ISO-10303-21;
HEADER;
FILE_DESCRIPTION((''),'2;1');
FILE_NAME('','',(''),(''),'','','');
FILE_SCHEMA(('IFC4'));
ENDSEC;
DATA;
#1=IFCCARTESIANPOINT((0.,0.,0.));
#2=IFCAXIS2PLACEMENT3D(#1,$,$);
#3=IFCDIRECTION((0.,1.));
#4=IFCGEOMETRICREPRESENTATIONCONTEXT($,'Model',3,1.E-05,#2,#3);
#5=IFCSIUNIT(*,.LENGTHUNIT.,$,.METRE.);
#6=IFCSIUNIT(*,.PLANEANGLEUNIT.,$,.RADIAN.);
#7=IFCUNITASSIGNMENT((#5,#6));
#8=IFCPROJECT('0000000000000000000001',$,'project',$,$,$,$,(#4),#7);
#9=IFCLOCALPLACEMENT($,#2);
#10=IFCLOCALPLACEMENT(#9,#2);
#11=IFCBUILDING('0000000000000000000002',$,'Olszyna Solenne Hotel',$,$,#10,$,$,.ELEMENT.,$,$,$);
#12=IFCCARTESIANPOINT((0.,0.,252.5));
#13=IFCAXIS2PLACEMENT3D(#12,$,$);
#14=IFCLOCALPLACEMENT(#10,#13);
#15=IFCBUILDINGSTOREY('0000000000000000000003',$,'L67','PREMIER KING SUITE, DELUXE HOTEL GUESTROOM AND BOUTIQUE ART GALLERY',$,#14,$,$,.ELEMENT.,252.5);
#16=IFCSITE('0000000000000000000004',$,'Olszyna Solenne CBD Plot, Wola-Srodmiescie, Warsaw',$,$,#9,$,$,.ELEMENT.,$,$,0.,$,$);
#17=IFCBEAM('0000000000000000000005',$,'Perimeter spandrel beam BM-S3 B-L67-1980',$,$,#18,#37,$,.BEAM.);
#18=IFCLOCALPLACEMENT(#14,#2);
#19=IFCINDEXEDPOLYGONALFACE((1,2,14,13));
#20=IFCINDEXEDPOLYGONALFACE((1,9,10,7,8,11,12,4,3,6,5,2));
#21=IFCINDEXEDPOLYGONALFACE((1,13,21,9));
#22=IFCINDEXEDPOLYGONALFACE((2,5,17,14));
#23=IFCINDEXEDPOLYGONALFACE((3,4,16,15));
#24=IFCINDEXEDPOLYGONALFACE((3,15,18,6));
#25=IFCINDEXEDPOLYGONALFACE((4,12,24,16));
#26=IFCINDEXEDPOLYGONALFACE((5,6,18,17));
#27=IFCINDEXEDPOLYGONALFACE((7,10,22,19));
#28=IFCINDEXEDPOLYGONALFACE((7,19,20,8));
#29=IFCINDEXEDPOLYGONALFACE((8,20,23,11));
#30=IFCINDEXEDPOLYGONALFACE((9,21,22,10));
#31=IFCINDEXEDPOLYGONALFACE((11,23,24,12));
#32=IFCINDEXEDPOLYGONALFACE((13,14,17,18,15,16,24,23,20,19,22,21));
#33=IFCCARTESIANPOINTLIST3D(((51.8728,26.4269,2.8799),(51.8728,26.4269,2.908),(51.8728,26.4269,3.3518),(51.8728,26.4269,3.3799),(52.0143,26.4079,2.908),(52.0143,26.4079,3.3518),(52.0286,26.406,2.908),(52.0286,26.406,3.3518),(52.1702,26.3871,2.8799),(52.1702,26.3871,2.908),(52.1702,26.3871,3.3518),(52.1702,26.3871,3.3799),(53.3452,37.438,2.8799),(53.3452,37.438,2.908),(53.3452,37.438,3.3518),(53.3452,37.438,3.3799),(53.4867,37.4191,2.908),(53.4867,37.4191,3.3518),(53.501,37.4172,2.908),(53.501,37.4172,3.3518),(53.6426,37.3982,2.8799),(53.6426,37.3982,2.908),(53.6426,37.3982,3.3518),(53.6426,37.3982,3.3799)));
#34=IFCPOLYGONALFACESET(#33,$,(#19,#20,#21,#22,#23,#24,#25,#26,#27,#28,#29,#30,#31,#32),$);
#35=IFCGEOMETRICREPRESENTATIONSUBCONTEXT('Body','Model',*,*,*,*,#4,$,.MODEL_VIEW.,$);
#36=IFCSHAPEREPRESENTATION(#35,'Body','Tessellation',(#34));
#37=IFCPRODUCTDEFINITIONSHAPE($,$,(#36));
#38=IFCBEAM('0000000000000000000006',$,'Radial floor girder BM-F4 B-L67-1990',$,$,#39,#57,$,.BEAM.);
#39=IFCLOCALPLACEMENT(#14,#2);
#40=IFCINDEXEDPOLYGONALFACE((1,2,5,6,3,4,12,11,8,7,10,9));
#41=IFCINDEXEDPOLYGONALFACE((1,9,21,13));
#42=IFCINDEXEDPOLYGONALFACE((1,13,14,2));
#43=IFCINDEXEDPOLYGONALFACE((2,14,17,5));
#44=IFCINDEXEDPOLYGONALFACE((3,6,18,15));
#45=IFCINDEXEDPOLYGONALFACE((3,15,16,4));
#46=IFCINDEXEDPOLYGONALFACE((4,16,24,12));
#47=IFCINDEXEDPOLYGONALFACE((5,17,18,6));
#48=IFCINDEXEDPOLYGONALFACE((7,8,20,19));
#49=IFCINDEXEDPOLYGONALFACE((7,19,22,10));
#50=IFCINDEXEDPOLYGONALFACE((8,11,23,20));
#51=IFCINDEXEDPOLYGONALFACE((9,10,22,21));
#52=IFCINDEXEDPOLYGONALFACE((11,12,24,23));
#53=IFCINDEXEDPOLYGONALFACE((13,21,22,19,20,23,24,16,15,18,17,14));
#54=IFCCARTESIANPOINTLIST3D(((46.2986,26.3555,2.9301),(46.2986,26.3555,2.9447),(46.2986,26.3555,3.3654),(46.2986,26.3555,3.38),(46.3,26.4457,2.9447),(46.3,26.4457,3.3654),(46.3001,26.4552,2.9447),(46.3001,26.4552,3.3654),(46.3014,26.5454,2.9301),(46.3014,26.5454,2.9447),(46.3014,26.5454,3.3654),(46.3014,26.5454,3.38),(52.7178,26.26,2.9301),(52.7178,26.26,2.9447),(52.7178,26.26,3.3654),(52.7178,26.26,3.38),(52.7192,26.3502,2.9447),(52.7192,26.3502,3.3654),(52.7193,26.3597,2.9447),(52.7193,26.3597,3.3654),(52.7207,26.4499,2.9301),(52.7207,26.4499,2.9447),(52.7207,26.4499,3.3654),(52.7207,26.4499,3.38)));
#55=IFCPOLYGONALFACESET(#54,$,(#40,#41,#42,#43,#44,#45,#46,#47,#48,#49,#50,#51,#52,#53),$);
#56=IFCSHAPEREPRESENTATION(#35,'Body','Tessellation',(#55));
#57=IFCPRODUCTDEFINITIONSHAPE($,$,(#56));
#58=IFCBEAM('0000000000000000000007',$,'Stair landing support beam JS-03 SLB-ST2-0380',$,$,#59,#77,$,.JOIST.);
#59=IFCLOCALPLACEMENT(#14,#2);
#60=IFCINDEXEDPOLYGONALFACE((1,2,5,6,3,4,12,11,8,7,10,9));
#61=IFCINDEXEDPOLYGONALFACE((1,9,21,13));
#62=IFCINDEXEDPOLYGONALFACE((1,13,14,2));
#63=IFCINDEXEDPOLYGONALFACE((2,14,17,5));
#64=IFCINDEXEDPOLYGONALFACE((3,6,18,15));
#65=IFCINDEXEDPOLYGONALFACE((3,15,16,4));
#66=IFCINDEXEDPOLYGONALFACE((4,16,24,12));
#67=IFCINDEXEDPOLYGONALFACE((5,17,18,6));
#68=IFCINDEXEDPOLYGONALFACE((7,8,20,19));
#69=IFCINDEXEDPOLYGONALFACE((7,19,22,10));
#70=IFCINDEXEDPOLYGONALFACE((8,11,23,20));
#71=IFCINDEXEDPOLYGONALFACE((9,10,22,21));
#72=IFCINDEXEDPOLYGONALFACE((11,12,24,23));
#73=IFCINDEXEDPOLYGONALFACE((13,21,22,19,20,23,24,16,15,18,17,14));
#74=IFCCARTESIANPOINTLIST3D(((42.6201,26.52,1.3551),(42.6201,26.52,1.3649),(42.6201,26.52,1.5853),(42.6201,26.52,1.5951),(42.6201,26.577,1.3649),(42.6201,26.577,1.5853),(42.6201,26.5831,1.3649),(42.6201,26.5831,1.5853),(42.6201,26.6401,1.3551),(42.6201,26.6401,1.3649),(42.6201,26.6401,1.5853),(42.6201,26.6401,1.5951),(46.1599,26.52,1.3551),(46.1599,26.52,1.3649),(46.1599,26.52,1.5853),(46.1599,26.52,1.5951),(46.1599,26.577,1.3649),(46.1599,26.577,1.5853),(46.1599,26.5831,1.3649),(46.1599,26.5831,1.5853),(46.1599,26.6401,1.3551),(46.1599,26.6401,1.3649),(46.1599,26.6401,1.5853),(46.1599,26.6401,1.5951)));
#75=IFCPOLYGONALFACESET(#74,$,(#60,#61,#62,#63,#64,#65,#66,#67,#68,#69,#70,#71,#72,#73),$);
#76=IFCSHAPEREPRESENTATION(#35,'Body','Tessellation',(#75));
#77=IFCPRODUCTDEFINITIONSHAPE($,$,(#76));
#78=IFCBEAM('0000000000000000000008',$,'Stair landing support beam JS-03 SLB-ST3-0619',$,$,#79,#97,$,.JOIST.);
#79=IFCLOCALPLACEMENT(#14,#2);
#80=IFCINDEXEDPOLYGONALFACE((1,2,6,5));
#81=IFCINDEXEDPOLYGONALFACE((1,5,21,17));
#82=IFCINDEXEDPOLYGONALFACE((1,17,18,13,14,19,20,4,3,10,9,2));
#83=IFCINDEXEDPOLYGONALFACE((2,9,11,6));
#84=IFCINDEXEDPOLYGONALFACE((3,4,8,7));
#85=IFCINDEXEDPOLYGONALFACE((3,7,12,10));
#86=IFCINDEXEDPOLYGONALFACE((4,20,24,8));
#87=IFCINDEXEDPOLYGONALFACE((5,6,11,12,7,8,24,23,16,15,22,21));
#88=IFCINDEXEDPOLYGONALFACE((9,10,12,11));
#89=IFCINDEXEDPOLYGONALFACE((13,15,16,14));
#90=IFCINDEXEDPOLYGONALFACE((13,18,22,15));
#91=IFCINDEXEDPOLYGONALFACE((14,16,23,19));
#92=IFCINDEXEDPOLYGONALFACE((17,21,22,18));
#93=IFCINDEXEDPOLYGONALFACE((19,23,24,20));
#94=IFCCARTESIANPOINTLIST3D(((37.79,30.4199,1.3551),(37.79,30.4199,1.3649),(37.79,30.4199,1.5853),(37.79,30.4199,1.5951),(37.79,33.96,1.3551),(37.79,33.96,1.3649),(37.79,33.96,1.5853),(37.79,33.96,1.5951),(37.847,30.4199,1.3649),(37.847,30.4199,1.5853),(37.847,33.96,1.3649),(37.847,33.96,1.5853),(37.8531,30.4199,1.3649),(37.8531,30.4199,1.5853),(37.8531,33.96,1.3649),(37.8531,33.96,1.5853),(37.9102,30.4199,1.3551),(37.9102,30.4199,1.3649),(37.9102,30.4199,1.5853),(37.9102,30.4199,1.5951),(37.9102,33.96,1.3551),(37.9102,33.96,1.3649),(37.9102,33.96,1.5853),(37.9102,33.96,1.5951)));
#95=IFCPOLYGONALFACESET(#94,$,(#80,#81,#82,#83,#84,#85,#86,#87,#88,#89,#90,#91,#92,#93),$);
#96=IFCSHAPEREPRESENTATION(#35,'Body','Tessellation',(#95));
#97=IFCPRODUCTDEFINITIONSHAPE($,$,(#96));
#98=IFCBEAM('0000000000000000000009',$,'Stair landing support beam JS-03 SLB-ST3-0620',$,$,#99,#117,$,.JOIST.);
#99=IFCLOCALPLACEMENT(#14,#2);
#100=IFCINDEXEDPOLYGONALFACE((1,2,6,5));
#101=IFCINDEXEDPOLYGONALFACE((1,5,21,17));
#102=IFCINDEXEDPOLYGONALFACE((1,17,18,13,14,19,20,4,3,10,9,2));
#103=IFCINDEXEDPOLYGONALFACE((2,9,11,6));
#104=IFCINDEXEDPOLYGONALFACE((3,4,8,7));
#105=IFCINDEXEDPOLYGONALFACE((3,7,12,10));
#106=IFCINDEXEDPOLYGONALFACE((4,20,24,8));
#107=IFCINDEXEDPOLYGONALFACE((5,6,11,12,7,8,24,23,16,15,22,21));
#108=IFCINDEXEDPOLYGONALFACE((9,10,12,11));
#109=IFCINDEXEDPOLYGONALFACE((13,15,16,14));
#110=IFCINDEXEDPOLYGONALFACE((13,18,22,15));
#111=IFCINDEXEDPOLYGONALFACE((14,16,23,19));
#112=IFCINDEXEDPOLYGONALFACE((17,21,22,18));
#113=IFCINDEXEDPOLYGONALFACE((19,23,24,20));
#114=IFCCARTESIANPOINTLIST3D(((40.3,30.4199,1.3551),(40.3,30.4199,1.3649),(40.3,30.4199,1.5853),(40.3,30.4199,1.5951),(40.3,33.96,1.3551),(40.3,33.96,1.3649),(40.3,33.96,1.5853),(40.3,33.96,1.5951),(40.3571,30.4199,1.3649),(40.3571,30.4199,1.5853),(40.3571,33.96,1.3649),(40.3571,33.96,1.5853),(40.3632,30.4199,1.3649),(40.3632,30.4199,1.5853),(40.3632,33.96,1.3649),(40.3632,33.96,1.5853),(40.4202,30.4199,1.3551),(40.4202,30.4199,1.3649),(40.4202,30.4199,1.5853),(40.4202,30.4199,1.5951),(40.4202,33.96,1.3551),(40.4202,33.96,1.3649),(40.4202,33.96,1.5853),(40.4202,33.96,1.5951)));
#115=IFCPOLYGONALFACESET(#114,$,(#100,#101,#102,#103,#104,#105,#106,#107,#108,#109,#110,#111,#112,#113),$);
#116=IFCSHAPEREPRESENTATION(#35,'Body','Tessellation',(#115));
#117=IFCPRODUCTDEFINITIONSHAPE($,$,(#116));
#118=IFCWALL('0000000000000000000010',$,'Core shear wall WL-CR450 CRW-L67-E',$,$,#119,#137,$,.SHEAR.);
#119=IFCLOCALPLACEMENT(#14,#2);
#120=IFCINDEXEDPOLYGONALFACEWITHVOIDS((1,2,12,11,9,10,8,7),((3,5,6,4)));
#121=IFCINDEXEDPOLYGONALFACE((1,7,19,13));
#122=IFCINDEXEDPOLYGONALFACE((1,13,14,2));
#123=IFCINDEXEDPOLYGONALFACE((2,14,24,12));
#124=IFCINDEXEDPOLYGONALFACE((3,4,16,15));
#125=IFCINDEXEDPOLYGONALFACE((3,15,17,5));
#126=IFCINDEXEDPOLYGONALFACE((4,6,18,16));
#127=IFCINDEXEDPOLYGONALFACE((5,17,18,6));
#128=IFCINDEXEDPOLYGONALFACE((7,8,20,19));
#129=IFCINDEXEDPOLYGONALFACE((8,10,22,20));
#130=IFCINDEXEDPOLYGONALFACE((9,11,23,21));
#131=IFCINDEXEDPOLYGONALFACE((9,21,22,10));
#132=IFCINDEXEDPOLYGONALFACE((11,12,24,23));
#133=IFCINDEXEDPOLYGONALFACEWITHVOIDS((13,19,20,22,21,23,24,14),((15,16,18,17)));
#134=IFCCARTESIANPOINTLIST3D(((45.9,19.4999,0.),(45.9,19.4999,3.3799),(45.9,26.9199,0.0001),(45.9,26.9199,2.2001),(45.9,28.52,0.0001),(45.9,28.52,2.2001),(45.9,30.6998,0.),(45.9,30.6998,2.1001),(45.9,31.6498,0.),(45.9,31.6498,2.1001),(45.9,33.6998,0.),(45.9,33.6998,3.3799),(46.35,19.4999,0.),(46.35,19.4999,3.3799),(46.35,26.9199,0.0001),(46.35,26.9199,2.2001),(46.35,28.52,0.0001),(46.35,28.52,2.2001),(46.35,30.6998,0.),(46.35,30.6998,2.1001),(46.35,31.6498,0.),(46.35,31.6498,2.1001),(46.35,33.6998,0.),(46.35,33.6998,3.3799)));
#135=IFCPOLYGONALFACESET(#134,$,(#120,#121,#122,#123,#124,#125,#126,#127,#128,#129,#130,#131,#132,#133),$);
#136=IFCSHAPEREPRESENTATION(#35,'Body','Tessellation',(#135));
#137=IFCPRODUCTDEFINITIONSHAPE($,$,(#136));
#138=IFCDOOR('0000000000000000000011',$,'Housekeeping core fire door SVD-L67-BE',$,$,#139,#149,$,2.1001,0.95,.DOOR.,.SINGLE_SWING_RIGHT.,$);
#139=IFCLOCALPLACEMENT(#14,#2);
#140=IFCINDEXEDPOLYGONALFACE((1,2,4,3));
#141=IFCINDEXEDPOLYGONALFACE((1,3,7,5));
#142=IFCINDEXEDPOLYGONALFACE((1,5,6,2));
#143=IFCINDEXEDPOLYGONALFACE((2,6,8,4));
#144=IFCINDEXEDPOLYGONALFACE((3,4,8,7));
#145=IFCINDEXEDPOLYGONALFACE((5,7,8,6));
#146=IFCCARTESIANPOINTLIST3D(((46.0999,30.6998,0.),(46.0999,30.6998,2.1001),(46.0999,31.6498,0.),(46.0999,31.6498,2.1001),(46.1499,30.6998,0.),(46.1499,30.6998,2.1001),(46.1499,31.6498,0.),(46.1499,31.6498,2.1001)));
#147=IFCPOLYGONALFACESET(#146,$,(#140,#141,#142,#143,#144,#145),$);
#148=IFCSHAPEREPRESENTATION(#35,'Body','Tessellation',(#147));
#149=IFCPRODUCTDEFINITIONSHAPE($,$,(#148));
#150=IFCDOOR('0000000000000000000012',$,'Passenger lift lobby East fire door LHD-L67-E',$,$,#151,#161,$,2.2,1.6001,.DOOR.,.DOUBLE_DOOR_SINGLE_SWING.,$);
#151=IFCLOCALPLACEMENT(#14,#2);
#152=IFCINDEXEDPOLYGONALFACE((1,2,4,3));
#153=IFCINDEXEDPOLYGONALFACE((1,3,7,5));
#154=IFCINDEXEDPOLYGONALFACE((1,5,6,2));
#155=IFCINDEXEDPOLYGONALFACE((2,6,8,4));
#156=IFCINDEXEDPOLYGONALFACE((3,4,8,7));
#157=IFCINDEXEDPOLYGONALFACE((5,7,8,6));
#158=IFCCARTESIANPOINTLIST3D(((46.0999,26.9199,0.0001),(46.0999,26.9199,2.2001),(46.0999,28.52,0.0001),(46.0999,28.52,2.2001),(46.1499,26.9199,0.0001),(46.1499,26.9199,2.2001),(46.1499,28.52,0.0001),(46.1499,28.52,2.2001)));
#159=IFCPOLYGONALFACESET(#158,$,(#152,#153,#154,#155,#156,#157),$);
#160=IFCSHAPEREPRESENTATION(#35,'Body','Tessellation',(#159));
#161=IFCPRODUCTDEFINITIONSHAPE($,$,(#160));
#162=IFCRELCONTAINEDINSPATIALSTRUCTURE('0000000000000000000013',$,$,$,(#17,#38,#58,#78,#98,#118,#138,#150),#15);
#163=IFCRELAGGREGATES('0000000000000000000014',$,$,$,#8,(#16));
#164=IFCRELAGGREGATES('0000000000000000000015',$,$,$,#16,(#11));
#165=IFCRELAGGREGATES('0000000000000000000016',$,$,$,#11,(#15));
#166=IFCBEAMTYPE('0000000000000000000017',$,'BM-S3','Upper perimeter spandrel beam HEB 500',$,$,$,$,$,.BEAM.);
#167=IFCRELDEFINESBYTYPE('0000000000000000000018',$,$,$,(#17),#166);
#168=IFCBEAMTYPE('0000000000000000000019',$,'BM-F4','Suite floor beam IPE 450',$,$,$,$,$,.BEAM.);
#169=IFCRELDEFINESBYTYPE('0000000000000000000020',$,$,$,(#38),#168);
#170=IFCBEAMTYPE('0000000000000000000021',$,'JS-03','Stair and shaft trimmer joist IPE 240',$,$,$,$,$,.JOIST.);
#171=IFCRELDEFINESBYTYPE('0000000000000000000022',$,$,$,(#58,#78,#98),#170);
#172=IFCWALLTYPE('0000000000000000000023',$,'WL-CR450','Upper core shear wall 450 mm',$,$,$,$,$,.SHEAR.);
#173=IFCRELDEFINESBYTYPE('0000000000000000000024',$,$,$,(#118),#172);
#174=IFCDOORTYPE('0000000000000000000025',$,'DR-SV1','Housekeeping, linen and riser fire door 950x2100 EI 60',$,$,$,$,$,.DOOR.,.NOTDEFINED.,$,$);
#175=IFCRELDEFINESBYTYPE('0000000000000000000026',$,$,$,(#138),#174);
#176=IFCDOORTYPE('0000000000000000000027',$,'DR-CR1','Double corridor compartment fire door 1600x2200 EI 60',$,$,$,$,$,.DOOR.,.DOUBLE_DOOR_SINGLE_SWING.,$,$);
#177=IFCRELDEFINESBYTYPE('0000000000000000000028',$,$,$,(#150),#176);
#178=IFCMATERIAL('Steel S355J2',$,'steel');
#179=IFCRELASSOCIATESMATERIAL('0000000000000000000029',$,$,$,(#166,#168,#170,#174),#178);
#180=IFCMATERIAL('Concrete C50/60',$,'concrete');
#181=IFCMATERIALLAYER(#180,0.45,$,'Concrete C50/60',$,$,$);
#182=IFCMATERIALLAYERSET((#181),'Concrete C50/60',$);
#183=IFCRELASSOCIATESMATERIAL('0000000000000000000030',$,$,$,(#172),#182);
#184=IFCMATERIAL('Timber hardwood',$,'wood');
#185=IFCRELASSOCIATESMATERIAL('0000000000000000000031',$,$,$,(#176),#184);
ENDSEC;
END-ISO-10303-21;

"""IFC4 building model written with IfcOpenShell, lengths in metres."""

from ifc_helpers import new_model, si_unit, direction, frame, frame_2d, origin, origin_2d, place, context, subcontext, project, spatial, rectangle, i_section, extrude, source, transform, mapped, material, layer, layer_set, material_profile, profile_set, type_object, type_shapes, element, fill, save


model = new_model("IFC4")

# Units and contexts
model_context = context("Model", 3, precision=1e-05, world=origin(), true_north=direction((0.0, 1.0)))
body_context = subcontext(model_context, "Body", "Model", "MODEL_VIEW")
ifc_project = project(units=[si_unit("LENGTHUNIT", "METRE"), si_unit("PLANEANGLEUNIT", "RADIAN")], contexts=[model_context])

# Site, building, storey
site_placement = place(None, origin())
site = spatial("IfcSite", under=ifc_project, at=site_placement, Name="Olszyna Solenne CBD Plot, Wola-Srodmiescie, Warsaw", CompositionType="ELEMENT", RefElevation=0.0)
building_placement = place(site_placement, origin())
building = spatial("IfcBuilding", under=site, at=building_placement, Name="Olszyna Solenne Hotel", CompositionType="ELEMENT")
storey_placement = place(building_placement, frame((0.0, 0.0, 252.5)))
storey = spatial("IfcBuildingStorey", under=building, at=storey_placement, Name="L67", Description="PREMIER KING SUITE, DELUXE HOTEL GUESTROOM AND BOUTIQUE ART GALLERY", CompositionType="ELEMENT", Elevation=252.5)

# Beams
ifc_material_1 = material(Name="Steel S355J2", Category="steel")
ifc_material_profile_1 = material_profile(ifc_material_1, i_section(OverallWidth=0.3, OverallDepth=0.5, WebThickness=0.0144, FlangeThickness=0.0281, at=origin_2d()), Name="HEB 500", Category="load-bearing")
ifc_profile_set_1 = profile_set([ifc_material_profile_1], Name="Steel S355J2")
beam_type_1 = type_object("IfcBeamType", Name="BM-S3", Description="Upper perimeter spandrel beam HEB 500", PredefinedType="BEAM", material=ifc_profile_set_1)
shared_shape_1 = source(origin(), body_context, "Body", "SweptSolid", [
    extrude(i_section(OverallWidth=0.3, OverallDepth=0.5, WebThickness=0.0144, FlangeThickness=0.0281, at=origin_2d()), origin(), (0.0, 0.0, 1.0), 11.1091),
])
beam_1_placement = place(storey_placement, frame((52.0215, 26.407, 3.1299), z_axis=(0.132539, 0.991178, 0.0), x_axis=(-0.991178, 0.132539, 0.0)))
element("IfcBeam", 1, at=beam_1_placement, inside=storey, type_object=beam_type_1, Name="Perimeter spandrel beam BM-S3 B-L67-1980", PredefinedType="BEAM", context=body_context, shape_type="MappedRepresentation", body=[
    mapped(shared_shape_1, transform((0.0, 0.0, 0.0), x_axis=(1.0, 0.0, 0.0), y_axis=(0.0, 1.0, 0.0), z_axis=(0.0, 0.0, 1.0), scale=1.0)),
])
ifc_material_profile_2 = material_profile(ifc_material_1, i_section(OverallWidth=0.1899, OverallDepth=0.45, WebThickness=0.0095, FlangeThickness=0.0146, at=origin_2d()), Name="IPE 450", Category="load-bearing")
ifc_profile_set_2 = profile_set([ifc_material_profile_2], Name="Steel S355J2")
beam_type_2 = type_object("IfcBeamType", Name="BM-F4", Description="Suite floor beam IPE 450", PredefinedType="BEAM", material=ifc_profile_set_2)
shared_shape_2 = source(origin(), body_context, "Body", "SweptSolid", [
    extrude(i_section(OverallWidth=0.1899, OverallDepth=0.45, WebThickness=0.0095, FlangeThickness=0.0146, at=origin_2d()), origin(), (0.0, 0.0, 1.0), 6.4199),
])
beam_2_placement = place(storey_placement, frame((52.7192, 26.355, 3.155), z_axis=(-0.999889, 0.014869, 0.0), x_axis=(-0.014869, -0.999889, 0.0)))
element("IfcBeam", 2, at=beam_2_placement, inside=storey, type_object=beam_type_2, Name="Radial floor girder BM-F4 B-L67-1990", PredefinedType="BEAM", context=body_context, shape_type="MappedRepresentation", body=[
    mapped(shared_shape_2, transform((0.0, 0.0, 0.0), x_axis=(1.0, 0.0, 0.0), y_axis=(0.0, 1.0, 0.0), z_axis=(0.0, 0.0, 1.0), scale=1.0)),
])
ifc_material_profile_3 = material_profile(ifc_material_1, i_section(OverallWidth=0.1201, OverallDepth=0.24, WebThickness=0.0061, FlangeThickness=0.0098, at=origin_2d()), Name="IPE 240", Category="load-bearing")
ifc_profile_set_3 = profile_set([ifc_material_profile_3], Name="Steel S355J2")
beam_type_3 = type_object("IfcBeamType", Name="JS-03", Description="Stair and shaft trimmer joist IPE 240", PredefinedType="JOIST", material=ifc_profile_set_3)
shared_shape_3 = source(origin(), body_context, "Body", "SweptSolid", [
    extrude(i_section(OverallWidth=0.1201, OverallDepth=0.24, WebThickness=0.0061, FlangeThickness=0.0098, at=origin_2d()), origin(), (0.0, 0.0, 1.0), 3.5398),
])
beam_3_placement = place(storey_placement, frame((46.1599, 26.5801, 1.4751), z_axis=(-1.0, 0.0, 0.0), x_axis=(0.0, -1.0, 0.0)))
element("IfcBeam", 3, at=beam_3_placement, inside=storey, type_object=beam_type_3, Name="Stair landing support beam JS-03 SLB-ST2-0380", PredefinedType="JOIST", context=body_context, shape_type="MappedRepresentation", body=[
    mapped(shared_shape_3, transform((0.0, 0.0, 0.0), x_axis=(1.0, 0.0, 0.0), y_axis=(0.0, 1.0, 0.0), z_axis=(0.0, 0.0, 1.0), scale=1.0)),
])
shared_shape_4 = source(origin(), body_context, "Body", "SweptSolid", [
    extrude(i_section(OverallWidth=0.1201, OverallDepth=0.24, WebThickness=0.0061, FlangeThickness=0.0098, at=origin_2d()), origin(), (0.0, 0.0, 1.0), 3.54),
])
for number, where, z_axis, x_axis, name in (
    (4, (37.8501, 30.4199, 1.4751), (0.0, 1.0, 0.0), (-1.0, 0.0, 0.0), "Stair landing support beam JS-03 SLB-ST3-0619"),
    (5, (40.3601, 30.4199, 1.4751), (0.0, 1.0, 0.0), (-1.0, 0.0, 0.0), "Stair landing support beam JS-03 SLB-ST3-0620"),
):
    element("IfcBeam", number, at=place(storey_placement, frame(where, z_axis=z_axis, x_axis=x_axis)), inside=storey, type_object=beam_type_3, Name=name, PredefinedType="JOIST", context=body_context, shape_type="MappedRepresentation", body=[
        mapped(shared_shape_4, transform((0.0, 0.0, 0.0), x_axis=(1.0, 0.0, 0.0), y_axis=(0.0, 1.0, 0.0), z_axis=(0.0, 0.0, 1.0), scale=1.0)),
    ])

# Wall, openings, doors
ifc_material_2 = material(Name="Concrete C50/60", Category="concrete")
ifc_layer_1 = layer(ifc_material_2, 0.45, Name="Concrete C50/60")
ifc_layer_set_1 = layer_set([ifc_layer_1], Name="Concrete C50/60")
wall_type_1 = type_object("IfcWallType", Name="WL-CR450", Description="Upper core shear wall 450 mm", PredefinedType="SHEAR", material=ifc_layer_set_1)
wall_1_placement = place(storey_placement, frame((46.125, 33.7, 0.0), z_axis=(0.0, 0.0, 1.0), x_axis=(0.0, -1.0, 0.0)))
wall_1 = element("IfcWall", 6, at=wall_1_placement, inside=storey, type_object=wall_type_1, Name="Core shear wall WL-CR450 CRW-L67-E", PredefinedType="SHEAR", context=body_context, shape_type="SweptSolid", body=[
    extrude(rectangle(XDim=14.2, YDim=0.45, at=frame_2d((7.1001, 0.0))), origin(), (0.0, 0.0, 1.0), 3.3799),
])
opening_1_placement = place(wall_1_placement, frame((5.1799, 0.0, 0.0)))
opening_1 = element("IfcOpeningElement", 7, at=opening_1_placement, cuts=wall_1, PredefinedType="OPENING", context=body_context, shape_type="SweptSolid", body=[
    extrude(rectangle(XDim=1.6001, YDim=2.2, at=frame_2d((0.8, 1.1001))), frame((0.0, 0.2349, 0.0), z_axis=(0.0, -1.0, 0.0), x_axis=(1.0, 0.0, 0.0)), (0.0, 0.0, 1.0), 0.47),
])
opening_2_placement = place(wall_1_placement, frame((2.05, 0.0, 0.0)))
opening_2 = element("IfcOpeningElement", 8, at=opening_2_placement, cuts=wall_1, PredefinedType="OPENING", context=body_context, shape_type="SweptSolid", body=[
    extrude(rectangle(XDim=0.95, YDim=2.1001, at=frame_2d((0.4751, 1.05))), frame((0.0, 0.2349, 0.0), z_axis=(0.0, -1.0, 0.0), x_axis=(1.0, 0.0, 0.0)), (0.0, 0.0, 1.0), 0.47),
])
door_type_1 = type_object("IfcDoorType", Name="DR-SV1", Description="Housekeeping, linen and riser fire door 950x2100 EI 60", OperationType="NOTDEFINED", PredefinedType="DOOR", material=ifc_material_1)
shared_shape_5 = source(origin(), body_context, "Body", "SweptSolid", [
    extrude(rectangle(XDim=0.95, YDim=2.1001, at=frame_2d((0.4751, 1.05))), frame((0.0, 0.0249, 0.0), z_axis=(0.0, -1.0, 0.0), x_axis=(1.0, 0.0, 0.0)), (0.0, 0.0, 1.0), 0.05),
])
type_shapes(door_type_1, [shared_shape_5])
door_1_placement = place(opening_2_placement, origin())
door_1 = element("IfcDoor", 9, at=door_1_placement, inside=storey, type_object=door_type_1, Name="Housekeeping core fire door SVD-L67-BE", OperationType="SINGLE_SWING_RIGHT", OverallHeight=2.1001, OverallWidth=0.95, PredefinedType="DOOR", context=body_context, shape_type="MappedRepresentation", body=[
    mapped(shared_shape_5, transform((0.0, 0.0, 0.0), x_axis=(1.0, 0.0, 0.0), y_axis=(0.0, 1.0, 0.0), z_axis=(0.0, 0.0, 1.0), scale=1.0)),
])
fill(opening_2, door_1)
ifc_material_3 = material(Name="Timber hardwood", Category="wood")
door_type_2 = type_object("IfcDoorType", Name="DR-CR1", Description="Double corridor compartment fire door 1600x2200 EI 60", OperationType="DOUBLE_DOOR_SINGLE_SWING", PredefinedType="DOOR", material=ifc_material_3)
shared_shape_6 = source(origin(), body_context, "Body", "SweptSolid", [
    extrude(rectangle(XDim=1.6001, YDim=2.2, at=frame_2d((0.8, 1.1001))), frame((0.0, 0.0249, 0.0), z_axis=(0.0, -1.0, 0.0), x_axis=(1.0, 0.0, 0.0)), (0.0, 0.0, 1.0), 0.05),
])
type_shapes(door_type_2, [shared_shape_6])
door_2_placement = place(opening_1_placement, origin())
door_2 = element("IfcDoor", 10, at=door_2_placement, inside=storey, type_object=door_type_2, Name="Passenger lift lobby East fire door LHD-L67-E", OperationType="DOUBLE_DOOR_SINGLE_SWING", OverallHeight=2.2, OverallWidth=1.6001, PredefinedType="DOOR", context=body_context, shape_type="MappedRepresentation", body=[
    mapped(shared_shape_6, transform((0.0, 0.0, 0.0), x_axis=(1.0, 0.0, 0.0), y_axis=(0.0, 1.0, 0.0), z_axis=(0.0, 0.0, 1.0), scale=1.0)),
])
fill(opening_1, door_2)

save(model, "model.ifc")
